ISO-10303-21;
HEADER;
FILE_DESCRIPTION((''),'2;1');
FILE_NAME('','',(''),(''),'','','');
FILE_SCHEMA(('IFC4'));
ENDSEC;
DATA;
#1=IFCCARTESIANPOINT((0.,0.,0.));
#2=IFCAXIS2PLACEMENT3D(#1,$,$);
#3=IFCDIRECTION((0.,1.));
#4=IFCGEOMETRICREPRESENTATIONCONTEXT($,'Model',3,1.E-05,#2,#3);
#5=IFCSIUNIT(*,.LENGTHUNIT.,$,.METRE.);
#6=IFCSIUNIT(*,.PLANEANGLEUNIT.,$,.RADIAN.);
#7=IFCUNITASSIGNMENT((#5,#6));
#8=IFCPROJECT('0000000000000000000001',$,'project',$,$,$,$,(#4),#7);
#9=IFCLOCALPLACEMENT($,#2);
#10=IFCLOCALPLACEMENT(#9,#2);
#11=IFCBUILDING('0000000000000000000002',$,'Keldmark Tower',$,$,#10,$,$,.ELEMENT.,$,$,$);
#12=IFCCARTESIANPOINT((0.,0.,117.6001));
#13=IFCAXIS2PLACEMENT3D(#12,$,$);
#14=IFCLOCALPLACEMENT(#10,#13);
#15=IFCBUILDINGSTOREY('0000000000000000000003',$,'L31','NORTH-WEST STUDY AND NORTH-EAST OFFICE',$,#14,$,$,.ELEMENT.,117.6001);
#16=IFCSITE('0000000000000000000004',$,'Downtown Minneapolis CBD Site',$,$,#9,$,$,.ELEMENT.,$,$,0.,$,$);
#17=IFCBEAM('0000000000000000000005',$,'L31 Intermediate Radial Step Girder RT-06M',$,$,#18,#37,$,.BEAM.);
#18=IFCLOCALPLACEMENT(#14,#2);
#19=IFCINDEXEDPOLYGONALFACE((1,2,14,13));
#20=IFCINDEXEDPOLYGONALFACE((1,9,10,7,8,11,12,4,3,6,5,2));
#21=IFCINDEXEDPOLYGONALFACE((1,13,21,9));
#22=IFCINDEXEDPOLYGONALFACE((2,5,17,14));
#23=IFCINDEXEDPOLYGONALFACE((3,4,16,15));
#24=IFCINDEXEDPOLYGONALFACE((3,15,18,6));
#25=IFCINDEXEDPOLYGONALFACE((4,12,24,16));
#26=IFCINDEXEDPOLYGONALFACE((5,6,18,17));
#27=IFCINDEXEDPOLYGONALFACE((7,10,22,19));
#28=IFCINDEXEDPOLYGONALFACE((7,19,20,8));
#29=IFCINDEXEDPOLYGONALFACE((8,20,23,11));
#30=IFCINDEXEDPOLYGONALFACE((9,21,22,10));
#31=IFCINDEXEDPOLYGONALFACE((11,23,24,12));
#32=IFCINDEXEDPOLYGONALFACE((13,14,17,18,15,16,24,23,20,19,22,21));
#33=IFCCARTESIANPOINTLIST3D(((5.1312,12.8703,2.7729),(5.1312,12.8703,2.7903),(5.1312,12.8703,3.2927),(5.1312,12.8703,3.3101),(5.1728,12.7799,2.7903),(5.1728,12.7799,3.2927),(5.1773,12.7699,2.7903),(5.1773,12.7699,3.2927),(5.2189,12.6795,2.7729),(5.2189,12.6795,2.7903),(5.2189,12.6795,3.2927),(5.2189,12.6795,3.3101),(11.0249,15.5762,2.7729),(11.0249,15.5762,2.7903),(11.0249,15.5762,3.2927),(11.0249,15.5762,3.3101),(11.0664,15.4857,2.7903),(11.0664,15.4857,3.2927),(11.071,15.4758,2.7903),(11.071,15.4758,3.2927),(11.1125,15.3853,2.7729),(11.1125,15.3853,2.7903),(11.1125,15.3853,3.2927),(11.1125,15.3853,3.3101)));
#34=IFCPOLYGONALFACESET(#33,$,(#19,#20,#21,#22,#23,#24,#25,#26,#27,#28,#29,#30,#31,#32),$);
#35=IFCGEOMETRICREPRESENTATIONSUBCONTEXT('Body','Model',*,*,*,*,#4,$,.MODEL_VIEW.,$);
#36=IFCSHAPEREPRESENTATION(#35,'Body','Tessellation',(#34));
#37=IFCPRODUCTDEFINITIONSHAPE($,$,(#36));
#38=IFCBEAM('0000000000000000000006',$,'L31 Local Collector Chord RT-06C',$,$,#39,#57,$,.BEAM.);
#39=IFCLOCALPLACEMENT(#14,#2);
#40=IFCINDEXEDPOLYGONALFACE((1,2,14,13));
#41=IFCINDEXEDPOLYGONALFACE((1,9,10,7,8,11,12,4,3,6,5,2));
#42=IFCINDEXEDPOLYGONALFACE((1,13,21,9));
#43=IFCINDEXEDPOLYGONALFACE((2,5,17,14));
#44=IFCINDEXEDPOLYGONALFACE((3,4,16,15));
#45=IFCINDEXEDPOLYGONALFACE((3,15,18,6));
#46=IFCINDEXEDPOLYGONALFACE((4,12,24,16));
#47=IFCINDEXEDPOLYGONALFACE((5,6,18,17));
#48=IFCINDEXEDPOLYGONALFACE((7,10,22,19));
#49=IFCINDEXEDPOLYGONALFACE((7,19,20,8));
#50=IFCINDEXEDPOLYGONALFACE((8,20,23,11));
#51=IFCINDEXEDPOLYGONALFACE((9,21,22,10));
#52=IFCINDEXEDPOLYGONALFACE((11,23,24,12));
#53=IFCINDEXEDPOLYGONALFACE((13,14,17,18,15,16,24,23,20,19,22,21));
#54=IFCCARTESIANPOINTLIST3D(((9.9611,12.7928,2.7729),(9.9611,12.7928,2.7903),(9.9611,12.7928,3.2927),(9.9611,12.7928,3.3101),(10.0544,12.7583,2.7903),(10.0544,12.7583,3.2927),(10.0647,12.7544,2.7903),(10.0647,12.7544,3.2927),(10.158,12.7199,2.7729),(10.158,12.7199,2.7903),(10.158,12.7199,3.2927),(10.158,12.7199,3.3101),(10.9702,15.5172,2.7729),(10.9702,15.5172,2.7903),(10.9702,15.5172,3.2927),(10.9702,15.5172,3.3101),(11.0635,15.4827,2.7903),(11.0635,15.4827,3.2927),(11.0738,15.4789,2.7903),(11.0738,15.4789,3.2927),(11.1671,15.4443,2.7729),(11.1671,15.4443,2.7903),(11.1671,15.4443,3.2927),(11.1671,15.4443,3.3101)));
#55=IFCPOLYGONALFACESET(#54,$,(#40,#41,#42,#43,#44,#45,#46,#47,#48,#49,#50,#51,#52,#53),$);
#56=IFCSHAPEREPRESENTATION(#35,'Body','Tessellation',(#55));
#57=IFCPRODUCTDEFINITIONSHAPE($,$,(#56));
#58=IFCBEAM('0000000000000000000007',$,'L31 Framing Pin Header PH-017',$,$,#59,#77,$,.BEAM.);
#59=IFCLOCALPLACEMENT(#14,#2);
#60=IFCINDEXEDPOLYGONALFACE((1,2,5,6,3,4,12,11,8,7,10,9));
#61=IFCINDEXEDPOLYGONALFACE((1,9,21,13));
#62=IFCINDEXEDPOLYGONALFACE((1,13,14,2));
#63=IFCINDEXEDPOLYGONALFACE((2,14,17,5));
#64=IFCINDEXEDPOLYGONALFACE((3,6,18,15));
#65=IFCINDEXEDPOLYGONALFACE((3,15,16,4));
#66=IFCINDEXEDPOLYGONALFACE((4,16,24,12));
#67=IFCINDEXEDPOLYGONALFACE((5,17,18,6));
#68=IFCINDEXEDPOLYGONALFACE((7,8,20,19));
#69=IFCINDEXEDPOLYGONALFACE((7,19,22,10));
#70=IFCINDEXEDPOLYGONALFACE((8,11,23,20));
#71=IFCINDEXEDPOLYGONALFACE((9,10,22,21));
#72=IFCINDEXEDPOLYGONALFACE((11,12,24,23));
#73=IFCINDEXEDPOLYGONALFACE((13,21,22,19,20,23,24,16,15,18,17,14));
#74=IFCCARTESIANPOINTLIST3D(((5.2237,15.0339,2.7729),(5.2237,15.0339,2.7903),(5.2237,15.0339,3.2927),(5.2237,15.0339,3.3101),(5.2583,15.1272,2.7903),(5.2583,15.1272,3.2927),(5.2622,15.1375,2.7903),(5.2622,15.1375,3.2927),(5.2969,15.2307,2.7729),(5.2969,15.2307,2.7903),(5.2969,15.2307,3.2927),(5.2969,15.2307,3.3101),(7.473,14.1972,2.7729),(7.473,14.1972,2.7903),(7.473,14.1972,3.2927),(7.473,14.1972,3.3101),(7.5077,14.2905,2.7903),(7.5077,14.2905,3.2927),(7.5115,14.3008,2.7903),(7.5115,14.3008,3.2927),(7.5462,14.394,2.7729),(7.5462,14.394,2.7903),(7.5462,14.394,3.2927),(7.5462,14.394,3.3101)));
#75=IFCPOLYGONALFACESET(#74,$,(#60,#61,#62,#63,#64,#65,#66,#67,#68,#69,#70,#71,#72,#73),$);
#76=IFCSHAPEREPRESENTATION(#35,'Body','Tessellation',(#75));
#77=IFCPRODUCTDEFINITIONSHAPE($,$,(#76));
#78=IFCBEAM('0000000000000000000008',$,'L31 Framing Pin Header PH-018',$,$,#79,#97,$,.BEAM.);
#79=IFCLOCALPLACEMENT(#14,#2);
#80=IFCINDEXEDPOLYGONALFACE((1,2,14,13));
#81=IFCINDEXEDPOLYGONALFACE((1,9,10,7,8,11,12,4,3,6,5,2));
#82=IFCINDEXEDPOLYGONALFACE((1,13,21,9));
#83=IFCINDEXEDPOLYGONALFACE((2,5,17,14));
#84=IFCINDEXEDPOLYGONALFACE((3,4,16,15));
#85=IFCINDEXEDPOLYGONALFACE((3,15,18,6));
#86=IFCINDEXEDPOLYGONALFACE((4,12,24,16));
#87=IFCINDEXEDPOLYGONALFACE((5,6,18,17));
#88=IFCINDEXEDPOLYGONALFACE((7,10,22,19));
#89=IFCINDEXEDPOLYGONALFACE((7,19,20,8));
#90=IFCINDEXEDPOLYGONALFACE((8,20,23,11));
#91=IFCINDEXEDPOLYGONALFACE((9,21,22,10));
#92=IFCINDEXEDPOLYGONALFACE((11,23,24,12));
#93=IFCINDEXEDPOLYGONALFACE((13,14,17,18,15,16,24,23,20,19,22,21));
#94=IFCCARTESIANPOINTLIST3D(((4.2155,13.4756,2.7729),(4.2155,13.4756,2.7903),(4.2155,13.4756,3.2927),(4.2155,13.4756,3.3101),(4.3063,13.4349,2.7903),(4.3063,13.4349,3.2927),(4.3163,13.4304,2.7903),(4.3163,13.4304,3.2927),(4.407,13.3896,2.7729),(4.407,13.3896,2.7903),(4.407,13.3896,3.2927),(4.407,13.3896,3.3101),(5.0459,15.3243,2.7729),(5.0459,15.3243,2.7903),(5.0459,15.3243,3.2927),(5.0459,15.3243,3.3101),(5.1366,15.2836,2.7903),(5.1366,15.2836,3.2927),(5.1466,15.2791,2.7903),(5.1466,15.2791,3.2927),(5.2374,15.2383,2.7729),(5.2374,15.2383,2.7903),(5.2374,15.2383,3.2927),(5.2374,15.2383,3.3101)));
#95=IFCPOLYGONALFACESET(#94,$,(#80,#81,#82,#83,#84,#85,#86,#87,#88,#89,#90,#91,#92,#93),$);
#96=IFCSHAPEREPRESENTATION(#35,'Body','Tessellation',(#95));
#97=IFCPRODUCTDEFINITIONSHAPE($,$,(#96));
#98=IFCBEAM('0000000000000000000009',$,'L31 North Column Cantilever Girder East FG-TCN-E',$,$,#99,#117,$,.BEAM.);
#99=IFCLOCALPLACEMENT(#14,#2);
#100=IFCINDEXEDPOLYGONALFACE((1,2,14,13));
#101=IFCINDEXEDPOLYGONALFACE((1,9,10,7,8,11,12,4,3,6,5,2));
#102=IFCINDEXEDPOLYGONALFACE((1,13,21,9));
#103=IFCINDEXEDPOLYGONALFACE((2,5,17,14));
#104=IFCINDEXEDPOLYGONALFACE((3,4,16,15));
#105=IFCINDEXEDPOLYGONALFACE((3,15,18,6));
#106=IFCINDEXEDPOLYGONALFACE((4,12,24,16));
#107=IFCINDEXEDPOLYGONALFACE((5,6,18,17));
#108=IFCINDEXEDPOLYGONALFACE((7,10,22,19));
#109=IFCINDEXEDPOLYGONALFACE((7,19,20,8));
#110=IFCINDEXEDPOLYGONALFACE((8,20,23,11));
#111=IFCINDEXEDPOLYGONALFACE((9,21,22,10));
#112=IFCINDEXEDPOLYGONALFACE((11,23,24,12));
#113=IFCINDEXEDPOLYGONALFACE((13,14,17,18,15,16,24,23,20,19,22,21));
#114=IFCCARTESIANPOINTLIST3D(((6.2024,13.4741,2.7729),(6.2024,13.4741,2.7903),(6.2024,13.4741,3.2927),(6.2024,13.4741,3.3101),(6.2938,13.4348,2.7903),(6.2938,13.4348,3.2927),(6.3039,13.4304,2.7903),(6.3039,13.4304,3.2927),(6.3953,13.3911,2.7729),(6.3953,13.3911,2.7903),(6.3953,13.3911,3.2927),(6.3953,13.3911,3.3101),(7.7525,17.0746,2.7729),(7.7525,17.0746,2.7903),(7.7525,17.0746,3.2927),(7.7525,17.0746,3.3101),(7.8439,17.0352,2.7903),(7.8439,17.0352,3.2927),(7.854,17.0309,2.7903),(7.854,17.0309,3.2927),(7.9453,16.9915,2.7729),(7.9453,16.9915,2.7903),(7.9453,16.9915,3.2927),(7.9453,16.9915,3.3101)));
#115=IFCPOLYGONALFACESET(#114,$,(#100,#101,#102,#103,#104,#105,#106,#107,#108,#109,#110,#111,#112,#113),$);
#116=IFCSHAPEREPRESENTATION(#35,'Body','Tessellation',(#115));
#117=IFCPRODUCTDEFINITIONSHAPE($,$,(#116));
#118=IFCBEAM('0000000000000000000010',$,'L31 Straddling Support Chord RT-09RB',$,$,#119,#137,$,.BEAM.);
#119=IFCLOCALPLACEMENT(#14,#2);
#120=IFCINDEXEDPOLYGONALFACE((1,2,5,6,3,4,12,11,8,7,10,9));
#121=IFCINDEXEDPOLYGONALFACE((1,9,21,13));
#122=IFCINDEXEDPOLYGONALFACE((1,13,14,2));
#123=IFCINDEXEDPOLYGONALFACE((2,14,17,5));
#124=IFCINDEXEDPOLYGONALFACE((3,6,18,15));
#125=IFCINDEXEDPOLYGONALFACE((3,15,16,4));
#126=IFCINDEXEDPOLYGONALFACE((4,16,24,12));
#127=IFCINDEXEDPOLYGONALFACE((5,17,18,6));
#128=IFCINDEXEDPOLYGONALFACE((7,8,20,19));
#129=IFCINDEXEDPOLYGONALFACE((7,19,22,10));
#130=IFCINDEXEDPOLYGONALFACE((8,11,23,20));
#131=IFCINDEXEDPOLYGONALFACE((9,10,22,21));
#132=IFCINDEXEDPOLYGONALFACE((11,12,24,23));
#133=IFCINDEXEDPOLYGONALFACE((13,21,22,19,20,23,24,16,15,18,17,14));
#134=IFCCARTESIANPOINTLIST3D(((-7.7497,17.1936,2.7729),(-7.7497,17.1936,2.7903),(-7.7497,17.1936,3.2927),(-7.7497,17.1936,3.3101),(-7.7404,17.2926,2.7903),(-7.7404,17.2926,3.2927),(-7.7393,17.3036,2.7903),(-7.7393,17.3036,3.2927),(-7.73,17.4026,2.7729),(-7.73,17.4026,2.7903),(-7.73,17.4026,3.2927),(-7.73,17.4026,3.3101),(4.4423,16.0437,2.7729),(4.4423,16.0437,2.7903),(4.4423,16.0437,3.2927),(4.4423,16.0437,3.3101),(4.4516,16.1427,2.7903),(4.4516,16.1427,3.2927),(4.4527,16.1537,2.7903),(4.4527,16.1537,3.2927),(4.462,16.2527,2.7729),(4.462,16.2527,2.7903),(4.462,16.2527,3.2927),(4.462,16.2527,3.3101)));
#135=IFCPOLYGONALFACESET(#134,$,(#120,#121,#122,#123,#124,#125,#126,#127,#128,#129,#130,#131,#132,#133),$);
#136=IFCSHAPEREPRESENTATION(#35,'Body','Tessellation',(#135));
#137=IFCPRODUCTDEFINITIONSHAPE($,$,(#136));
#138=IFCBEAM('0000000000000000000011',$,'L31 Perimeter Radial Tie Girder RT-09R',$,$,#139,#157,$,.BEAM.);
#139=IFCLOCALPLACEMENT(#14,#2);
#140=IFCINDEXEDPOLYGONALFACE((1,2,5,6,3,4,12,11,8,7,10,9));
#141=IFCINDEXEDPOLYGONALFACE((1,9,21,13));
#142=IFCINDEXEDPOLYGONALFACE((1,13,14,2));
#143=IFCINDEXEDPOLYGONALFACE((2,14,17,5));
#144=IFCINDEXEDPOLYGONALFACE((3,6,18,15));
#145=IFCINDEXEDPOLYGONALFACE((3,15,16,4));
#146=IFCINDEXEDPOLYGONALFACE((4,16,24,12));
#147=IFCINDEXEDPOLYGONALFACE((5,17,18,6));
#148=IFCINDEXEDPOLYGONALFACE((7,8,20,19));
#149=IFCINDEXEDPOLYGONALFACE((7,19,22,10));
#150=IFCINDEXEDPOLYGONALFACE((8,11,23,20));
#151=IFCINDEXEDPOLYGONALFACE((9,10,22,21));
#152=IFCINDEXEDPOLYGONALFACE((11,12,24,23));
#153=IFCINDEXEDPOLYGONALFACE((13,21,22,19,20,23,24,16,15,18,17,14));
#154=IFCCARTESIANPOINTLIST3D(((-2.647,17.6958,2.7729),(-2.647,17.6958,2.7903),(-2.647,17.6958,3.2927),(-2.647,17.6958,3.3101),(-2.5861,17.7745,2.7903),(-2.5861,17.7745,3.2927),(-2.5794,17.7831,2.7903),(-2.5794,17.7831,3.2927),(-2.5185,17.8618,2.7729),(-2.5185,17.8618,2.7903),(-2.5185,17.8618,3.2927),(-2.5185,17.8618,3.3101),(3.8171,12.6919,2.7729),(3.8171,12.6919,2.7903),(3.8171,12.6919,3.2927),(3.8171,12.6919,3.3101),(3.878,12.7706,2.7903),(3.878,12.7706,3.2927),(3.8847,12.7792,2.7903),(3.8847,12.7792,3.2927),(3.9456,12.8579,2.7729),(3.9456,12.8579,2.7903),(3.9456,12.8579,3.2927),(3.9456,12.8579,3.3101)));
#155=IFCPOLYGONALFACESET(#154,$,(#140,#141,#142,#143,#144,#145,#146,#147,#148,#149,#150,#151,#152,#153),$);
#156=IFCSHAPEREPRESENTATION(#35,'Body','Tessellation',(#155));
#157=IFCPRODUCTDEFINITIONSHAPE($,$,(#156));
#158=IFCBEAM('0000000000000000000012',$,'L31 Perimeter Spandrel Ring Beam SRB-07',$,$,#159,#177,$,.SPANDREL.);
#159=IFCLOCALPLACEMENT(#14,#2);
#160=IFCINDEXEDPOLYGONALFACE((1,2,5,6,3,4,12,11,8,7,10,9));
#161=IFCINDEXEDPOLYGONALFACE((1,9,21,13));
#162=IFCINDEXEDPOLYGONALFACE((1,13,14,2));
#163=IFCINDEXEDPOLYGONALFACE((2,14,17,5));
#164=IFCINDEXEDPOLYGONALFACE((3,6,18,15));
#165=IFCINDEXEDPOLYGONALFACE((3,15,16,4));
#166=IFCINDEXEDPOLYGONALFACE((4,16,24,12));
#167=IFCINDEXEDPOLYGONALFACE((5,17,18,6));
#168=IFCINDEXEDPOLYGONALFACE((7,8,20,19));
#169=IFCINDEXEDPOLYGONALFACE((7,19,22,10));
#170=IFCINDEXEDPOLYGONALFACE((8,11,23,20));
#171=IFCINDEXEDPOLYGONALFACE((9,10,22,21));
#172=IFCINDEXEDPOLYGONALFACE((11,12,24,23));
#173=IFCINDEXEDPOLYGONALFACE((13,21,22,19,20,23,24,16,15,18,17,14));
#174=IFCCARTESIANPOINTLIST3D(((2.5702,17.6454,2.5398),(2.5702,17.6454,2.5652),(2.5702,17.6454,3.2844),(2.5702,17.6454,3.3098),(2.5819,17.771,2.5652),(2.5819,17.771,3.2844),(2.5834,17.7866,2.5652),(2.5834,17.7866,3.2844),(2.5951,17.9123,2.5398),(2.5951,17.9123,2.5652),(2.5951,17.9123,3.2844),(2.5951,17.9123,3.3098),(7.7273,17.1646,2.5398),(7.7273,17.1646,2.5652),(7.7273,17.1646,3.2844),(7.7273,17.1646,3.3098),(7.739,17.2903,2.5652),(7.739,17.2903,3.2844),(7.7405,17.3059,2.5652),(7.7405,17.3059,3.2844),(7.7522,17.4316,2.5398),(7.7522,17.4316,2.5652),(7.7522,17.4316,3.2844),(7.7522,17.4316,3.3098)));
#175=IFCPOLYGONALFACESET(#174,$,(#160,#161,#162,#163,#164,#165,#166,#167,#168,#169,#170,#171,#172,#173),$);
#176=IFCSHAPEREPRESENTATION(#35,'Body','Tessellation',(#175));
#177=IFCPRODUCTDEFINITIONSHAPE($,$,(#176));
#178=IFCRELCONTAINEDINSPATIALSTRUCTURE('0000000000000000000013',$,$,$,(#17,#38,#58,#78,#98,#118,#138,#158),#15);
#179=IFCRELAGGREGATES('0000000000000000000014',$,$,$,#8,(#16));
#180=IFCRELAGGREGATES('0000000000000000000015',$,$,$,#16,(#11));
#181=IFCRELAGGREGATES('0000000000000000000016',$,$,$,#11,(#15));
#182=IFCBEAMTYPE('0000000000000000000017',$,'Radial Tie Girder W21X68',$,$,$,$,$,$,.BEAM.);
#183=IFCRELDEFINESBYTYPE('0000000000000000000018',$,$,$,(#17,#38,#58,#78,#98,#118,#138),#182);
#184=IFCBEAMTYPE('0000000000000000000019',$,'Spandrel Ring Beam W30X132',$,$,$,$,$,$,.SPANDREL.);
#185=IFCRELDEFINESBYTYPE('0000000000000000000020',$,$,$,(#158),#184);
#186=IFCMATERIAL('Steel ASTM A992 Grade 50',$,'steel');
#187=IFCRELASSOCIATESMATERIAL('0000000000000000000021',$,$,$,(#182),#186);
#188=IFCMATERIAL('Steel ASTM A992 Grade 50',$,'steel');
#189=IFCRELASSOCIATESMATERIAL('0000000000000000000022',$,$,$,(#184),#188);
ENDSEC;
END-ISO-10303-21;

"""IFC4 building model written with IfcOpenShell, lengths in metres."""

from ifc_helpers import new_model, si_unit, direction, frame, origin, origin_2d, place, context, subcontext, project, spatial, i_section, extrude, material, material_profile, profile_set, type_object, element, save


model = new_model("IFC4")

# Units and contexts
model_context = context("Model", 3, precision=1e-05, world=origin(), true_north=direction((0.0, 1.0)))
body_context = subcontext(model_context, "Body", "Model", "MODEL_VIEW")
ifc_project = project(units=[si_unit("LENGTHUNIT", "METRE"), si_unit("PLANEANGLEUNIT", "RADIAN")], contexts=[model_context])

# Site, building, storey
site_placement = place(None, origin())
site = spatial("IfcSite", under=ifc_project, at=site_placement, Name="Downtown Minneapolis CBD Site", CompositionType="ELEMENT", RefElevation=0.0)
building_placement = place(site_placement, origin())
building = spatial("IfcBuilding", under=site, at=building_placement, Name="Keldmark Tower", CompositionType="ELEMENT")
storey_placement = place(building_placement, frame((0.0, 0.0, 117.6001)))
storey = spatial("IfcBuildingStorey", under=building, at=storey_placement, Name="L31", Description="NORTH-WEST STUDY AND NORTH-EAST OFFICE", CompositionType="ELEMENT", Elevation=117.6001)

# Beams
ifc_material_1 = material(Name="Steel ASTM A992 Grade 50", Category="steel")
ifc_material_profile_1 = material_profile(ifc_material_1, i_section(OverallWidth=0.21, OverallDepth=0.5371, WebThickness=0.011, FlangeThickness=0.0173, at=origin_2d()), Name="W21X68")
ifc_profile_set_1 = profile_set([ifc_material_profile_1], Name="Steel ASTM A992 Grade 50")
beam_type_1 = type_object("IfcBeamType", Name="Radial Tie Girder W21X68", PredefinedType="BEAM", material=ifc_profile_set_1)
beam_1_placement = place(storey_placement, frame((5.175, 12.7749, 3.0415), z_axis=(0.908796, 0.417241, 0.0), x_axis=(-0.417241, 0.908796, 0.0)))
element("IfcBeam", 1, at=beam_1_placement, inside=storey, type_object=beam_type_1, Name="L31 Intermediate Radial Step Girder RT-06M", PredefinedType="BEAM", context=body_context, shape_type="SweptSolid", body=[
    extrude(i_section(OverallWidth=0.21, OverallDepth=0.5371, WebThickness=0.011, FlangeThickness=0.0173, at=origin_2d()), origin(), (0.0, 0.0, 1.0), 6.4851),
])
beam_2_placement = place(storey_placement, frame((10.0596, 12.7563, 3.0415), z_axis=(0.347317, 0.937748, 0.0), x_axis=(-0.937748, 0.347317, 0.0)))
element("IfcBeam", 2, at=beam_2_placement, inside=storey, type_object=beam_type_1, Name="L31 Local Collector Chord RT-06C", PredefinedType="BEAM", context=body_context, shape_type="SweptSolid", body=[
    extrude(i_section(OverallWidth=0.21, OverallDepth=0.5371, WebThickness=0.011, FlangeThickness=0.0173, at=origin_2d()), origin(), (0.0, 0.0, 1.0), 2.9053),
])
beam_3_placement = place(storey_placement, frame((5.2603, 15.1323, 3.0415), z_axis=(0.937258, -0.348636, 0.0), x_axis=(0.348636, 0.937258, 0.0)))
element("IfcBeam", 3, at=beam_3_placement, inside=storey, type_object=beam_type_1, Name="L31 Framing Pin Header PH-017", PredefinedType="BEAM", context=body_context, shape_type="SweptSolid", body=[
    extrude(i_section(OverallWidth=0.21, OverallDepth=0.5371, WebThickness=0.011, FlangeThickness=0.0173, at=origin_2d()), origin(), (0.0, 0.0, 1.0), 2.3999),
])
beam_4_placement = place(storey_placement, frame((4.3113, 13.4326, 3.0415), z_axis=(0.409723, 0.91221, 0.0), x_axis=(-0.91221, 0.409723, 0.0)))
element("IfcBeam", 4, at=beam_4_placement, inside=storey, type_object=beam_type_1, Name="L31 Framing Pin Header PH-018", PredefinedType="BEAM", context=body_context, shape_type="SweptSolid", body=[
    extrude(i_section(OverallWidth=0.21, OverallDepth=0.5371, WebThickness=0.011, FlangeThickness=0.0173, at=origin_2d()), origin(), (0.0, 0.0, 1.0), 2.0266),
])
beam_5_placement = place(storey_placement, frame((6.2988, 13.4326, 3.0415), z_axis=(0.395437, 0.918493, 0.0), x_axis=(-0.918493, 0.395437, 0.0)))
element("IfcBeam", 5, at=beam_5_placement, inside=storey, type_object=beam_type_1, Name="L31 North Column Cantilever Girder East FG-TCN-E", PredefinedType="BEAM", context=body_context, shape_type="SweptSolid", body=[
    extrude(i_section(OverallWidth=0.21, OverallDepth=0.5371, WebThickness=0.011, FlangeThickness=0.0173, at=origin_2d()), origin(), (0.0, 0.0, 1.0), 3.9199),
])
beam_6_placement = place(storey_placement, frame((4.4521, 16.1482, 3.0415), z_axis=(-0.995582, 0.0939, 0.0), x_axis=(-0.0939, -0.995582, 0.0)))
element("IfcBeam", 6, at=beam_6_placement, inside=storey, type_object=beam_type_1, Name="L31 Straddling Support Chord RT-09RB", PredefinedType="BEAM", context=body_context, shape_type="SweptSolid", body=[
    extrude(i_section(OverallWidth=0.21, OverallDepth=0.5371, WebThickness=0.011, FlangeThickness=0.0173, at=origin_2d()), origin(), (0.0, 0.0, 1.0), 12.2461),
])
beam_7_placement = place(storey_placement, frame((3.8813, 12.7749, 3.0415), z_axis=(-0.790757, 0.61213, 0.0), x_axis=(-0.61213, -0.790757, 0.0)))
element("IfcBeam", 7, at=beam_7_placement, inside=storey, type_object=beam_type_1, Name="L31 Perimeter Radial Tie Girder RT-09R", PredefinedType="BEAM", context=body_context, shape_type="SweptSolid", body=[
    extrude(i_section(OverallWidth=0.21, OverallDepth=0.5371, WebThickness=0.011, FlangeThickness=0.0173, at=origin_2d()), origin(), (0.0, 0.0, 1.0), 8.1746),
])
ifc_material_2 = material(Name="Steel ASTM A992 Grade 50", Category="steel")
ifc_material_profile_2 = material_profile(ifc_material_2, i_section(OverallWidth=0.2681, OverallDepth=0.77, WebThickness=0.0156, FlangeThickness=0.0254, at=origin_2d()), Name="W30X132")
ifc_profile_set_2 = profile_set([ifc_material_profile_2], Name="Steel ASTM A992 Grade 50")
beam_type_2 = type_object("IfcBeamType", Name="Spandrel Ring Beam W30X132", PredefinedType="SPANDREL", material=ifc_profile_set_2)
beam_8_placement = place(storey_placement, frame((7.7397, 17.2981, 2.9248), z_axis=(-0.995684, 0.092814, 0.0), x_axis=(-0.092814, -0.995684, 0.0)))
element("IfcBeam", 8, at=beam_8_placement, inside=storey, type_object=beam_type_2, Name="L31 Perimeter Spandrel Ring Beam SRB-07", PredefinedType="SPANDREL", context=body_context, shape_type="SweptSolid", body=[
    extrude(i_section(OverallWidth=0.2681, OverallDepth=0.77, WebThickness=0.0156, FlangeThickness=0.0254, at=origin_2d()), origin(), (0.0, 0.0, 1.0), 5.1794),
])

save(model, "model.ifc")
